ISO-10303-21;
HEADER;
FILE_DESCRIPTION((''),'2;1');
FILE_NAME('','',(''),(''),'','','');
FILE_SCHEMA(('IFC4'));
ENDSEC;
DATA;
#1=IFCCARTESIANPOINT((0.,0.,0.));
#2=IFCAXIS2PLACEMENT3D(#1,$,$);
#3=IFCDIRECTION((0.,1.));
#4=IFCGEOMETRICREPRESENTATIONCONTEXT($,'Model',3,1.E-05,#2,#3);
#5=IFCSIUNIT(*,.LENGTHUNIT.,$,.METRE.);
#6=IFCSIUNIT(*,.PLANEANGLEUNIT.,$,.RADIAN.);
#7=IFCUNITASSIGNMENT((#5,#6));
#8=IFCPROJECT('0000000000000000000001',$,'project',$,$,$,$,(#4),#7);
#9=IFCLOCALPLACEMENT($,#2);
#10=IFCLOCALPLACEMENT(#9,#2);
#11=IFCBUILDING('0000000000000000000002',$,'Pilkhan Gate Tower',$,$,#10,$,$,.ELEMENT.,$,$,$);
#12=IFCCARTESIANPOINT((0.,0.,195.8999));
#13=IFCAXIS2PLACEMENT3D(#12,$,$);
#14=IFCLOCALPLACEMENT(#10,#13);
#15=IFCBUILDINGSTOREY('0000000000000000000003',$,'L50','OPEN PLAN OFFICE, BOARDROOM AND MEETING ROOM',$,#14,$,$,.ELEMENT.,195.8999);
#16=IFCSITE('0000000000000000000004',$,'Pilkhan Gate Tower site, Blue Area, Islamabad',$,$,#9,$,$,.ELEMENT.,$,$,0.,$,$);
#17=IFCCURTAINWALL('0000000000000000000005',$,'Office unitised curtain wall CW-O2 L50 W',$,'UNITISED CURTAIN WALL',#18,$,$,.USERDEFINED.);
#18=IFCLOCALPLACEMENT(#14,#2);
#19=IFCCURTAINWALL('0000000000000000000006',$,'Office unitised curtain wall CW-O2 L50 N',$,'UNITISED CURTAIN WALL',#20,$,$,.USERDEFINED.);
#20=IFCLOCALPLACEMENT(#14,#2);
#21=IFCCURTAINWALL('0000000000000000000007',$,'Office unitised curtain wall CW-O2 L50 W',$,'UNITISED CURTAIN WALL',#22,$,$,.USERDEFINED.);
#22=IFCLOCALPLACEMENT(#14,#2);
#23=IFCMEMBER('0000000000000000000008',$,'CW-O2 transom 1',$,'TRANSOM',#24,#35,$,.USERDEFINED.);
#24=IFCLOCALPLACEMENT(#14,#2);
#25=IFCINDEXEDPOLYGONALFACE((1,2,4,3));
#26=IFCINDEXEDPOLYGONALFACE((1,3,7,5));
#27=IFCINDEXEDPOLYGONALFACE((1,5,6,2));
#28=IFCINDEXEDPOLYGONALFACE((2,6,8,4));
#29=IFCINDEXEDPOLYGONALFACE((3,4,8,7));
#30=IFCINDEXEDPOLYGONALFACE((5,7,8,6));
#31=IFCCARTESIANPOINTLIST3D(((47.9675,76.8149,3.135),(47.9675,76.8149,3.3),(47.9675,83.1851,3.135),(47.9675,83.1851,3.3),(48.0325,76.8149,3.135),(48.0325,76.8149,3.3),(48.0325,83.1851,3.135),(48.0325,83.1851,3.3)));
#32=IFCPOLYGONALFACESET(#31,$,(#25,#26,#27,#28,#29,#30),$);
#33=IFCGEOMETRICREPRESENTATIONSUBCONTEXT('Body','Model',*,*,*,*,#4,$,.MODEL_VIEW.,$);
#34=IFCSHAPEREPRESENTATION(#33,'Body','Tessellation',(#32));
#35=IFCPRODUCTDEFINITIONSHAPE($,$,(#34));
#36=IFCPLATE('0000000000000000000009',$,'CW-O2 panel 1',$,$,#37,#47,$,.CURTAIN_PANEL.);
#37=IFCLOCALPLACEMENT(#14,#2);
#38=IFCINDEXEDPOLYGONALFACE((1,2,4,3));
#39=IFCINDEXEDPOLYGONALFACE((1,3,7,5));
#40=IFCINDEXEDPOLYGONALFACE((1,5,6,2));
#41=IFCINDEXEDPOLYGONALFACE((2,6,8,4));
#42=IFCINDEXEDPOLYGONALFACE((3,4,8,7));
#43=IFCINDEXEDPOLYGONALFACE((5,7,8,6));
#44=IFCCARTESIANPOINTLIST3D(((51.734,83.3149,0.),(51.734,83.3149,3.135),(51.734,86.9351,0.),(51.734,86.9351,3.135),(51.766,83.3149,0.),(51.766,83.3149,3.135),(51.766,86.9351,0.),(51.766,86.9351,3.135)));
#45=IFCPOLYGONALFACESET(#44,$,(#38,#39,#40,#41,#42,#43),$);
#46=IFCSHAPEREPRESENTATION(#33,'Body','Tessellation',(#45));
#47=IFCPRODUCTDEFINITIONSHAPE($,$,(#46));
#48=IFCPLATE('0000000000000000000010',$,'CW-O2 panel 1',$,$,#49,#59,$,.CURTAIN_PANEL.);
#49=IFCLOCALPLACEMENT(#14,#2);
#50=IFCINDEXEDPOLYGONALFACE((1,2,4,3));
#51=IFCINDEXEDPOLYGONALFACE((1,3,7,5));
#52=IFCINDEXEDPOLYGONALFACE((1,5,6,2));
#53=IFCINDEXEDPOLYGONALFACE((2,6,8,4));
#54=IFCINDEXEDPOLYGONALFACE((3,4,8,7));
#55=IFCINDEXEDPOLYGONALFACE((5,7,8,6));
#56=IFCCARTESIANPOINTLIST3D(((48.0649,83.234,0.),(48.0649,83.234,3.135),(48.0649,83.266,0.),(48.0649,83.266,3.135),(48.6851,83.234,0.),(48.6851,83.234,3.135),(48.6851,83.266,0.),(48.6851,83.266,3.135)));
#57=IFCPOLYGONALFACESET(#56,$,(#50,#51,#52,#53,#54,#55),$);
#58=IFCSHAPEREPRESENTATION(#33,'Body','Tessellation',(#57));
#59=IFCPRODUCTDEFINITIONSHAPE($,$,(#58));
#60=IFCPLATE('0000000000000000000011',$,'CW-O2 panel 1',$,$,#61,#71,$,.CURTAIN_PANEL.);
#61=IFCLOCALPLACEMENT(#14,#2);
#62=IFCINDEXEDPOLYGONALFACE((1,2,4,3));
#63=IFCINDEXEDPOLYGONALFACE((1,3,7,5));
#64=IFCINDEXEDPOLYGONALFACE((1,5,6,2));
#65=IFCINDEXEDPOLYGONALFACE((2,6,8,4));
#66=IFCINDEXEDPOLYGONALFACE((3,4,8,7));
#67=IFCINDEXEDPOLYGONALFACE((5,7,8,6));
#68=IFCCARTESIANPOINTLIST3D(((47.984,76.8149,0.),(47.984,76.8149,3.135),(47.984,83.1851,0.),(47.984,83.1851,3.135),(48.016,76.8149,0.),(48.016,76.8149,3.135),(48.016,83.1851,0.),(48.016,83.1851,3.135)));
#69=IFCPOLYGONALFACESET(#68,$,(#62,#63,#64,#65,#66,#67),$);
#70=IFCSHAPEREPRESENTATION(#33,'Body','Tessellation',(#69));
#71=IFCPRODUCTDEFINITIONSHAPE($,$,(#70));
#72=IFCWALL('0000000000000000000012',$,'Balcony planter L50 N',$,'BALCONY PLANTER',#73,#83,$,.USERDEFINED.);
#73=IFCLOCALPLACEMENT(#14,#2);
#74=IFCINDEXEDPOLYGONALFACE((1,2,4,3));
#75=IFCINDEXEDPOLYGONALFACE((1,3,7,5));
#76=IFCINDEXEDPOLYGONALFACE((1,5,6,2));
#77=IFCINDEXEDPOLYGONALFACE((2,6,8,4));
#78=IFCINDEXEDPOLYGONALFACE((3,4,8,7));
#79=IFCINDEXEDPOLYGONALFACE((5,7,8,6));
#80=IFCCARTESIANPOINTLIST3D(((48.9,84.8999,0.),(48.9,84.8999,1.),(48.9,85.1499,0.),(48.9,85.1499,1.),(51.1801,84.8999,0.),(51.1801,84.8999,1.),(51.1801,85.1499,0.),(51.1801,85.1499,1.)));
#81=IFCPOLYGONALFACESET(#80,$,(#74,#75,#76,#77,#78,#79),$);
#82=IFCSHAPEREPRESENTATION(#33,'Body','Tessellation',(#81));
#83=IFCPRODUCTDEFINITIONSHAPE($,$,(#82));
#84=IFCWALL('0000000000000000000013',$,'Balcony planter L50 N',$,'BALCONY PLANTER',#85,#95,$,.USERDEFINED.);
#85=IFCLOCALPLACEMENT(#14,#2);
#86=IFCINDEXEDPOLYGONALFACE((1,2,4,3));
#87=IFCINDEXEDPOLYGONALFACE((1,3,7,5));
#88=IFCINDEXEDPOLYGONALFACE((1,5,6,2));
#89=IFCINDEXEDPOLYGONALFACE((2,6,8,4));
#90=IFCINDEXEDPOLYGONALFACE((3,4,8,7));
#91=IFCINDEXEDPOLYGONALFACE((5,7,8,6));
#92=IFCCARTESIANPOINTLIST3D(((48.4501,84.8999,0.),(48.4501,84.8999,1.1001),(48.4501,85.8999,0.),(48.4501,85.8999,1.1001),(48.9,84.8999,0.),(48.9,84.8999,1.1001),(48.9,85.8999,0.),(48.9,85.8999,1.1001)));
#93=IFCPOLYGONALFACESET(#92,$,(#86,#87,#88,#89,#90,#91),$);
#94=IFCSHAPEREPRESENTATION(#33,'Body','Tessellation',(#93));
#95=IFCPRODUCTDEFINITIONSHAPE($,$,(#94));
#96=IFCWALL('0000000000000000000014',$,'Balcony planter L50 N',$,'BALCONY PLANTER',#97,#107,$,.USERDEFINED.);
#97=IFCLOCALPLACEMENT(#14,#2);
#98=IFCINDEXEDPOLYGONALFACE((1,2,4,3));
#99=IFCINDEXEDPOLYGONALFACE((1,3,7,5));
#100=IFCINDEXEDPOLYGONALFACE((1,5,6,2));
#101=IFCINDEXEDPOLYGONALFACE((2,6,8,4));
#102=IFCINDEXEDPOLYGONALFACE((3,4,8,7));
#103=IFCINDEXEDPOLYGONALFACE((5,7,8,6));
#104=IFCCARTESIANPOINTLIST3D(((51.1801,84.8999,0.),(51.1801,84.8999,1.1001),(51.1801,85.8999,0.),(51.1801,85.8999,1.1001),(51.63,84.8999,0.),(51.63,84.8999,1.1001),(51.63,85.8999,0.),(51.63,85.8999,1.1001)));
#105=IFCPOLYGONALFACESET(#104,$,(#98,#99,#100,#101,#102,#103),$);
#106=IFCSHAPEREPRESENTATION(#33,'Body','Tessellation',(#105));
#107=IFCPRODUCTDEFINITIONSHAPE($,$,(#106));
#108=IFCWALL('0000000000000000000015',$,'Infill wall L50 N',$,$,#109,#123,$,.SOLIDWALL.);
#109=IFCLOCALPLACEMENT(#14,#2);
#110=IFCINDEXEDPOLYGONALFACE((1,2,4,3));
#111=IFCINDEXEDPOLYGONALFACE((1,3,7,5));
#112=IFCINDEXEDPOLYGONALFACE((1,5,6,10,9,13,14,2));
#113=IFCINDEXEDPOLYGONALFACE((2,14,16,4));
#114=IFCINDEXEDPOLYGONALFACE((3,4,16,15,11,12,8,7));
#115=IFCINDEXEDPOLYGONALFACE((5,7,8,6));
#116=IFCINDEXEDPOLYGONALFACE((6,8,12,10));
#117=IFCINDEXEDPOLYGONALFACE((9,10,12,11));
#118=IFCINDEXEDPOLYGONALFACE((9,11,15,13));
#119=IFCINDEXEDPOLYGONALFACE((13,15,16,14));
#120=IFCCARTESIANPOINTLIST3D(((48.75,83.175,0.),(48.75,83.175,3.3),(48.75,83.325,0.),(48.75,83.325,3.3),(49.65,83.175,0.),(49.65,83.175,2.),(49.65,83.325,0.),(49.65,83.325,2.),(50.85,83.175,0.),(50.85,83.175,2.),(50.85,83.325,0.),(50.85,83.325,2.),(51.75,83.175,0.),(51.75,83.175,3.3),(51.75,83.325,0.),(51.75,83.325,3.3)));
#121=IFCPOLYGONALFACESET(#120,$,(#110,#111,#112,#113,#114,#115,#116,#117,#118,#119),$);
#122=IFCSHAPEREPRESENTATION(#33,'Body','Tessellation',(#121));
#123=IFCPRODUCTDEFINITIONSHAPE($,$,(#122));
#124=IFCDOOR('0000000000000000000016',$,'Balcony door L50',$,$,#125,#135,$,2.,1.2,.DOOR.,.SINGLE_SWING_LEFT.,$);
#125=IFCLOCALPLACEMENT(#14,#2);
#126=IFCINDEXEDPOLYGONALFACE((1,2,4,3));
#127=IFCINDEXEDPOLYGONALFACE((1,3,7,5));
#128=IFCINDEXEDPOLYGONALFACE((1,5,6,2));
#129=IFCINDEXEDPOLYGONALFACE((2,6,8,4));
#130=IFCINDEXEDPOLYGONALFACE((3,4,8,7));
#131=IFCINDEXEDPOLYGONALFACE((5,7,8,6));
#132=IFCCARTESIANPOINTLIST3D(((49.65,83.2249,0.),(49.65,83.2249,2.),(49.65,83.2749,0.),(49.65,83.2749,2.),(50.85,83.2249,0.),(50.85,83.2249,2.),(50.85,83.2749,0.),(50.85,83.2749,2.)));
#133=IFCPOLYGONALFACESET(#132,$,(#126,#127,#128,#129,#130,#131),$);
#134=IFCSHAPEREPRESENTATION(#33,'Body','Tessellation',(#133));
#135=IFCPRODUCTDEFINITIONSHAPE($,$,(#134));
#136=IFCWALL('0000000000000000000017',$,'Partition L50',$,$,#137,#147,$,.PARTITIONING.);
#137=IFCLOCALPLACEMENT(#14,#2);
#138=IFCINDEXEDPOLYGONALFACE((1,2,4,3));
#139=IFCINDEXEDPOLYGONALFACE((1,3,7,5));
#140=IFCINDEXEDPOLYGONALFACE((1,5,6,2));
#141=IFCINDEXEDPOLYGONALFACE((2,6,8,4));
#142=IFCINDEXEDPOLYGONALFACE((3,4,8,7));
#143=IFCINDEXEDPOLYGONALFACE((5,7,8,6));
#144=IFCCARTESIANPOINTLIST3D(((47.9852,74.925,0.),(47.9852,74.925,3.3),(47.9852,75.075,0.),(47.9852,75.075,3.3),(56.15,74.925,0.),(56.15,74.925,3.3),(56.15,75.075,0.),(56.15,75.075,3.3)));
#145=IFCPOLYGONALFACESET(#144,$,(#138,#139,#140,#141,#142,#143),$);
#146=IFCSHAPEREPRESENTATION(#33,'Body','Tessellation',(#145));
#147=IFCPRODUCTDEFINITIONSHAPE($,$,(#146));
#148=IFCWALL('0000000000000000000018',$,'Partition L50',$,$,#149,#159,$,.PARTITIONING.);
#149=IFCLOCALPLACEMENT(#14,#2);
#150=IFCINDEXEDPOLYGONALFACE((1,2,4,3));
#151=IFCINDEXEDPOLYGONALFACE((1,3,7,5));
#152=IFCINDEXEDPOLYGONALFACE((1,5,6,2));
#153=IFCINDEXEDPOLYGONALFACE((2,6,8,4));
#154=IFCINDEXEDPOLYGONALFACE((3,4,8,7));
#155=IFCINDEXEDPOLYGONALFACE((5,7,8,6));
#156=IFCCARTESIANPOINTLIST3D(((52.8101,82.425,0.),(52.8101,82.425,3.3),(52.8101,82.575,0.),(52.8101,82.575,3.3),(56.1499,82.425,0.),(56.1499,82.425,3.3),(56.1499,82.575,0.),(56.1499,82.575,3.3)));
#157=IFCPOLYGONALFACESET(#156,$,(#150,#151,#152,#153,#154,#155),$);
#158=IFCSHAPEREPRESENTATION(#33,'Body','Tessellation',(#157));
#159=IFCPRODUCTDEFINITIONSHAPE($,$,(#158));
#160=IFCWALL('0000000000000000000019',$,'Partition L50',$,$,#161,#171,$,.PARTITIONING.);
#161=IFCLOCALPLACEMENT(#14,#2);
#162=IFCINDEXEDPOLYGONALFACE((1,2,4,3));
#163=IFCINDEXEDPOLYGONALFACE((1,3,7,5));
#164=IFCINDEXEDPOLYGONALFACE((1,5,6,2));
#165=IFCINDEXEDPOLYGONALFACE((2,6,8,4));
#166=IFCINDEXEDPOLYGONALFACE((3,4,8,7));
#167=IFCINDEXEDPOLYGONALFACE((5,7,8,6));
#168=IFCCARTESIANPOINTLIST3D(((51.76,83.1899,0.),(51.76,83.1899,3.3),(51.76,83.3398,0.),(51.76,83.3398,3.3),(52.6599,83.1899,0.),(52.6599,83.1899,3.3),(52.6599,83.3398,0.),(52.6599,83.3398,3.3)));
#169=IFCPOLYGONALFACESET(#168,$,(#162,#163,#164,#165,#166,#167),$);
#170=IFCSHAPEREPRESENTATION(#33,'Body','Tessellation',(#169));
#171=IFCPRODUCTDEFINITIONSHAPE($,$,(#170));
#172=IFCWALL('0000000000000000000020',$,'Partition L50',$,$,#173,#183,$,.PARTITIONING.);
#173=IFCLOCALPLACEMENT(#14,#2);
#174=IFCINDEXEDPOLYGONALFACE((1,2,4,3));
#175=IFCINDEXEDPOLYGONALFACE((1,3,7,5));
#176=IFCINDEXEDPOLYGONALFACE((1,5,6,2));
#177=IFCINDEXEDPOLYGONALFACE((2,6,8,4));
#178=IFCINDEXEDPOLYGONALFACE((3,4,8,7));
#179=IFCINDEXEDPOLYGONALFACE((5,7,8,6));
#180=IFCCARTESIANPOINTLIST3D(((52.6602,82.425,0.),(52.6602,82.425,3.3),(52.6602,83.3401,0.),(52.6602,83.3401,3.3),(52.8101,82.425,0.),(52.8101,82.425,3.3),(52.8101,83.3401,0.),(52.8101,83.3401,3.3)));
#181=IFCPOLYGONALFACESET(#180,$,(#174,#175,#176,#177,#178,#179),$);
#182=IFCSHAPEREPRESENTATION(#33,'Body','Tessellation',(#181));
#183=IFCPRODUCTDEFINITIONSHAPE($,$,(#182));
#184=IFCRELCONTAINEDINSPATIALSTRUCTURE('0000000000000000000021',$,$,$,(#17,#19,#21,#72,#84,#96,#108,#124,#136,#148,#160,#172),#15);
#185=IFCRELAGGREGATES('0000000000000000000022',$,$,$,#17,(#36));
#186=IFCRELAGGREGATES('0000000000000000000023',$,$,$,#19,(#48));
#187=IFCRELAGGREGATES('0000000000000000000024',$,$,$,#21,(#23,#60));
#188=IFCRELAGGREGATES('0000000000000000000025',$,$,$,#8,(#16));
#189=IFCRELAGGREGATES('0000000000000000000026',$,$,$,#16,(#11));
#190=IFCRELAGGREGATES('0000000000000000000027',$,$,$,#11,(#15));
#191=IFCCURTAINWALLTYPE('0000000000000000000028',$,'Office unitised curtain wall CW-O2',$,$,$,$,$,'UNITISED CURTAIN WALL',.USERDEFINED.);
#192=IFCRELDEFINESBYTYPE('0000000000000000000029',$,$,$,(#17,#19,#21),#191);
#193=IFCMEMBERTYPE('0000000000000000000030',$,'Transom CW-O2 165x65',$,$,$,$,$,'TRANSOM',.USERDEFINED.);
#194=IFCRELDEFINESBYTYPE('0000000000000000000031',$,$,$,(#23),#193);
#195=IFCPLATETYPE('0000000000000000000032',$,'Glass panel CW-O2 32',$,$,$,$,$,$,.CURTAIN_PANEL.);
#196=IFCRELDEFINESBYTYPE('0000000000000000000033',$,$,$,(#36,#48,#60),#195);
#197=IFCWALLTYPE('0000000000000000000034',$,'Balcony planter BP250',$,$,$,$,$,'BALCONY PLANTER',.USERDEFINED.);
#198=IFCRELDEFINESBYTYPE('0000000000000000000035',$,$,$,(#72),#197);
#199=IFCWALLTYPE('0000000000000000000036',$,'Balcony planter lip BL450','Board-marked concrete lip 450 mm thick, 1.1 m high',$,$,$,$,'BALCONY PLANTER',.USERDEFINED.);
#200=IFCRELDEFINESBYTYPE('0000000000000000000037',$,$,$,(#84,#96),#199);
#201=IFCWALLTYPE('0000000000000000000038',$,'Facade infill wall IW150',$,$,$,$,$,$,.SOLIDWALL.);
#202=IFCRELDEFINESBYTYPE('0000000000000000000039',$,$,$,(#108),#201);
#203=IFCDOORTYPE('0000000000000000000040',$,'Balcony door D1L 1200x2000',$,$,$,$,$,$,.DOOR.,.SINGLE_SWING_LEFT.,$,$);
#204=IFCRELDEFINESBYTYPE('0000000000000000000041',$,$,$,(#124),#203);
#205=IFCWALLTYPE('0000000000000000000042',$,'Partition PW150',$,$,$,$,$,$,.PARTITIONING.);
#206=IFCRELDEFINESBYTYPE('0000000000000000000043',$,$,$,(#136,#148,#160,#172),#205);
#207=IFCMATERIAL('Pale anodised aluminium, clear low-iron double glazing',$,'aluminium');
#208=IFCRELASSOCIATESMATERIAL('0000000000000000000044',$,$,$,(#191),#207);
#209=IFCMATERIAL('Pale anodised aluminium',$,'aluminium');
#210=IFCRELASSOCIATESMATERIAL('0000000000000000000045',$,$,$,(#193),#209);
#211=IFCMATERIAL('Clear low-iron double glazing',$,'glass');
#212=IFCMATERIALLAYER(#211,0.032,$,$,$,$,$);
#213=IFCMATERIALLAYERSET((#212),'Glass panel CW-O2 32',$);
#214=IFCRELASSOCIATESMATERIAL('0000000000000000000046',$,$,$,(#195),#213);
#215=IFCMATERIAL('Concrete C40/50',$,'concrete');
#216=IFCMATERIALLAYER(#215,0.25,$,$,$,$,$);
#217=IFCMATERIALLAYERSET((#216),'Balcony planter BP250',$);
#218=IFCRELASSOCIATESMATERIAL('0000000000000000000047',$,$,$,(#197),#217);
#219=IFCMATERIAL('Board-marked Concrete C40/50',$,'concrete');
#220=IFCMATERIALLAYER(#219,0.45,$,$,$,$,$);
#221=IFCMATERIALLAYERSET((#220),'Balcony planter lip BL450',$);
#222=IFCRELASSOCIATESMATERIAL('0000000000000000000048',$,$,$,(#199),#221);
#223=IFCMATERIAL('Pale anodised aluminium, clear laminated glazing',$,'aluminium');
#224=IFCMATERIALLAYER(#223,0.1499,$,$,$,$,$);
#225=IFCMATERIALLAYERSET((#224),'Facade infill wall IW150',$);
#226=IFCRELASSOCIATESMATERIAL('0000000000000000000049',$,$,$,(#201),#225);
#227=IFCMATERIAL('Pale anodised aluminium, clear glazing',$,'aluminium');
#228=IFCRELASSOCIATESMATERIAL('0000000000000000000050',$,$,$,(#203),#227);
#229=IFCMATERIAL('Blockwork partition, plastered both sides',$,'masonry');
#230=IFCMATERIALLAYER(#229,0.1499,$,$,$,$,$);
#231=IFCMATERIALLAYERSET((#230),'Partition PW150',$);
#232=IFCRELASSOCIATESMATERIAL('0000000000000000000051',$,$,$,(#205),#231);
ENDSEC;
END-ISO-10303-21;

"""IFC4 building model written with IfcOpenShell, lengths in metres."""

from ifc_helpers import new_model, si_unit, direction, frame, frame_2d, origin, origin_2d, place, context, subcontext, project, spatial, rectangle, extrude, material, layer, layer_set, material_profile, profile_set, type_object, element, fill, aggregate, save


model = new_model("IFC4")

# Units and contexts
model_context = context("Model", 3, precision=1e-05, world=origin(), true_north=direction((0.0, 1.0)))
body_context = subcontext(model_context, "Body", "Model", "MODEL_VIEW")
ifc_project = project(units=[si_unit("LENGTHUNIT", "METRE"), si_unit("PLANEANGLEUNIT", "RADIAN")], contexts=[model_context])

# Site, building, storey
site_placement = place(None, origin())
site = spatial("IfcSite", under=ifc_project, at=site_placement, Name="Pilkhan Gate Tower site, Blue Area, Islamabad", CompositionType="ELEMENT", RefElevation=0.0)
building_placement = place(site_placement, origin())
building = spatial("IfcBuilding", under=site, at=building_placement, Name="Pilkhan Gate Tower", CompositionType="ELEMENT")
storey_placement = place(building_placement, frame((0.0, 0.0, 195.8999)))
storey = spatial("IfcBuildingStorey", under=building, at=storey_placement, Name="L50", Description="OPEN PLAN OFFICE, BOARDROOM AND MEETING ROOM", CompositionType="ELEMENT", Elevation=195.8999)

# Curtain wall
ifc_material_1 = material(Name="Pale anodised aluminium, clear low-iron double glazing", Category="aluminium")
curtain_wall_type = type_object("IfcCurtainWallType", Name="Office unitised curtain wall CW-O2", ElementType="UNITISED CURTAIN WALL", PredefinedType="USERDEFINED", material=ifc_material_1)
curtain_wall_1_placement = place(storey_placement, origin())
curtain_wall_1 = element("IfcCurtainWall", 1, at=curtain_wall_1_placement, inside=storey, type_object=curtain_wall_type, Name="Office unitised curtain wall CW-O2 L50 W", ObjectType="UNITISED CURTAIN WALL", PredefinedType="USERDEFINED")
ifc_material_2 = material(Name="Pale anodised aluminium", Category="aluminium")

# Curtain wall
curtain_wall_2_placement = place(storey_placement, origin())
curtain_wall_2 = element("IfcCurtainWall", 2, at=curtain_wall_2_placement, inside=storey, type_object=curtain_wall_type, Name="Office unitised curtain wall CW-O2 L50 N", ObjectType="UNITISED CURTAIN WALL", PredefinedType="USERDEFINED")

# Curtain wall
curtain_wall_3_placement = place(storey_placement, origin())
curtain_wall_3 = element("IfcCurtainWall", 3, at=curtain_wall_3_placement, inside=storey, type_object=curtain_wall_type, Name="Office unitised curtain wall CW-O2 L50 W", ObjectType="UNITISED CURTAIN WALL", PredefinedType="USERDEFINED")

# Member
ifc_material_profile_1 = material_profile(ifc_material_2, rectangle(XDim=0.0649, YDim=0.165, at=origin_2d()), Name="Transom 165x65")
ifc_profile_set_1 = profile_set([ifc_material_profile_1], Name="Pale anodised aluminium")
member_type_1 = type_object("IfcMemberType", Name="Transom CW-O2 165x65", ElementType="TRANSOM", PredefinedType="USERDEFINED", material=ifc_profile_set_1)
member_1_placement = place(storey_placement, frame((48.0, 76.8149, 3.2175), z_axis=(0.0, 1.0, 0.0), x_axis=(-1.0, 0.0, 0.0)))
member_1 = element("IfcMember", 4, at=member_1_placement, type_object=member_type_1, Name="CW-O2 transom 1", ObjectType="TRANSOM", PredefinedType="USERDEFINED", context=body_context, shape_type="SweptSolid", body=[
    extrude(rectangle(XDim=0.0649, YDim=0.165, at=origin_2d()), origin(), (0.0, 0.0, 1.0), 6.3701),
])

# Plates
ifc_material_3 = material(Name="Clear low-iron double glazing", Category="glass")
ifc_layer_1 = layer(ifc_material_3, 0.032)
ifc_layer_set_1 = layer_set([ifc_layer_1], Name="Glass panel CW-O2 32")
plate_type = type_object("IfcPlateType", Name="Glass panel CW-O2 32", PredefinedType="CURTAIN_PANEL", material=ifc_layer_set_1)
plate_1_placement = place(storey_placement, frame((51.75, 85.125, 0.0), z_axis=(0.0, 0.0, 1.0), x_axis=(0.0, 1.0, 0.0)))
plate_1 = element("IfcPlate", 5, at=plate_1_placement, type_object=plate_type, Name="CW-O2 panel 1", PredefinedType="CURTAIN_PANEL", context=body_context, shape_type="SweptSolid", body=[
    extrude(rectangle(XDim=3.6201, YDim=0.032, at=origin_2d()), origin(), (0.0, 0.0, 1.0), 3.135),
])
aggregate(curtain_wall_1, [plate_1])
plate_2_placement = place(storey_placement, frame((48.375, 83.25, 0.0), z_axis=(0.0, 0.0, 1.0), x_axis=(1.0, 0.0, 0.0)))
plate_2 = element("IfcPlate", 6, at=plate_2_placement, type_object=plate_type, Name="CW-O2 panel 1", PredefinedType="CURTAIN_PANEL", context=body_context, shape_type="SweptSolid", body=[
    extrude(rectangle(XDim=0.6201, YDim=0.032, at=origin_2d()), origin(), (0.0, 0.0, 1.0), 3.135),
])
aggregate(curtain_wall_2, [plate_2])
plate_3_placement = place(storey_placement, frame((48.0, 80.0, 0.0), z_axis=(0.0, 0.0, 1.0), x_axis=(0.0, 1.0, 0.0)))
plate_3 = element("IfcPlate", 7, at=plate_3_placement, type_object=plate_type, Name="CW-O2 panel 1", PredefinedType="CURTAIN_PANEL", context=body_context, shape_type="SweptSolid", body=[
    extrude(rectangle(XDim=6.3701, YDim=0.032, at=origin_2d()), origin(), (0.0, 0.0, 1.0), 3.135),
])
aggregate(curtain_wall_3, [member_1, plate_3])

# Walls
ifc_material_4 = material(Name="Concrete C40/50", Category="concrete")
ifc_layer_2 = layer(ifc_material_4, 0.25)
ifc_layer_set_2 = layer_set([ifc_layer_2], Name="Balcony planter BP250")
wall_type_1 = type_object("IfcWallType", Name="Balcony planter BP250", ElementType="BALCONY PLANTER", PredefinedType="USERDEFINED", material=ifc_layer_set_2)
wall_1_placement = place(storey_placement, frame((48.8999, 85.0249, 0.0), z_axis=(0.0, 0.0, 1.0), x_axis=(1.0, 0.0, 0.0)))
element("IfcWall", 8, at=wall_1_placement, inside=storey, type_object=wall_type_1, Name="Balcony planter L50 N", ObjectType="BALCONY PLANTER", PredefinedType="USERDEFINED", context=body_context, shape_type="SweptSolid", body=[
    extrude(rectangle(XDim=2.28, YDim=0.25, at=frame_2d((1.1401, 0.0))), origin(), (0.0, 0.0, 1.0), 1.0),
])
ifc_material_5 = material(Name="Board-marked Concrete C40/50", Category="concrete")
ifc_layer_3 = layer(ifc_material_5, 0.45)
ifc_layer_set_3 = layer_set([ifc_layer_3], Name="Balcony planter lip BL450")
wall_type_2 = type_object("IfcWallType", Name="Balcony planter lip BL450", Description="Board-marked concrete lip 450 mm thick, 1.1 m high", ElementType="BALCONY PLANTER", PredefinedType="USERDEFINED", material=ifc_layer_set_3)
for number, where, z_axis, x_axis, name in (
    (9, (48.675, 84.8999, 0.0), (0.0, 0.0, 1.0), (0.0, 1.0, 0.0), "Balcony planter L50 N"),
    (10, (51.405, 84.8999, 0.0), (0.0, 0.0, 1.0), (0.0, 1.0, 0.0), "Balcony planter L50 N"),
):
    element("IfcWall", number, at=place(storey_placement, frame(where, z_axis=z_axis, x_axis=x_axis)), inside=storey, type_object=wall_type_2, Name=name, ObjectType="BALCONY PLANTER", PredefinedType="USERDEFINED", context=body_context, shape_type="SweptSolid", body=[
        extrude(rectangle(XDim=1.0, YDim=0.45, at=frame_2d((0.5, 0.0))), origin(), (0.0, 0.0, 1.0), 1.1001),
    ])

# Wall, opening, door
ifc_material_6 = material(Name="Pale anodised aluminium, clear laminated glazing", Category="aluminium")
ifc_layer_4 = layer(ifc_material_6, 0.1499)
ifc_layer_set_4 = layer_set([ifc_layer_4], Name="Facade infill wall IW150")
wall_type_3 = type_object("IfcWallType", Name="Facade infill wall IW150", PredefinedType="SOLIDWALL", material=ifc_layer_set_4)
wall_2_placement = place(storey_placement, frame((48.75, 83.25, 0.0), z_axis=(0.0, 0.0, 1.0), x_axis=(1.0, 0.0, 0.0)))
wall_2 = element("IfcWall", 11, at=wall_2_placement, inside=storey, type_object=wall_type_3, Name="Infill wall L50 N", PredefinedType="SOLIDWALL", context=body_context, shape_type="SweptSolid", body=[
    extrude(rectangle(XDim=3.0, YDim=0.1499, at=frame_2d((1.5, 0.0))), origin(), (0.0, 0.0, 1.0), 3.3),
])
opening_placement = place(wall_2_placement, frame((0.8999, 0.0, 0.0)))
opening = element("IfcOpeningElement", 12, at=opening_placement, cuts=wall_2, PredefinedType="OPENING", context=body_context, shape_type="SweptSolid", body=[
    extrude(rectangle(XDim=1.2, YDim=2.0, at=frame_2d((0.6001, 1.0))), frame((0.0, 0.085, 0.0), z_axis=(0.0, -1.0, 0.0), x_axis=(1.0, 0.0, 0.0)), (0.0, 0.0, 1.0), 0.1699),
])
ifc_material_7 = material(Name="Pale anodised aluminium, clear glazing", Category="aluminium")
door_type = type_object("IfcDoorType", Name="Balcony door D1L 1200x2000", OperationType="SINGLE_SWING_LEFT", PredefinedType="DOOR", material=ifc_material_7)
door_placement = place(opening_placement, origin())
door = element("IfcDoor", 13, at=door_placement, inside=storey, type_object=door_type, Name="Balcony door L50", OperationType="SINGLE_SWING_LEFT", OverallHeight=2.0, OverallWidth=1.2, PredefinedType="DOOR", context=body_context, shape_type="SweptSolid", body=[
    extrude(rectangle(XDim=1.2, YDim=2.0, at=frame_2d((0.6001, 1.0))), frame((0.0, 0.0249, 0.0), z_axis=(0.0, -1.0, 0.0), x_axis=(1.0, 0.0, 0.0)), (0.0, 0.0, 1.0), 0.05),
])
fill(opening, door)

# Walls
ifc_material_8 = material(Name="Blockwork partition, plastered both sides", Category="masonry")
ifc_layer_5 = layer(ifc_material_8, 0.1499)
ifc_layer_set_5 = layer_set([ifc_layer_5], Name="Partition PW150")
wall_type_4 = type_object("IfcWallType", Name="Partition PW150", PredefinedType="PARTITIONING", material=ifc_layer_set_5)
wall_3_placement = place(storey_placement, frame((47.9851, 75.0, 0.0), z_axis=(0.0, 0.0, 1.0), x_axis=(1.0, 0.0, 0.0)))
element("IfcWall", 14, at=wall_3_placement, inside=storey, type_object=wall_type_4, Name="Partition L50", PredefinedType="PARTITIONING", context=body_context, shape_type="SweptSolid", body=[
    extrude(rectangle(XDim=8.1648, YDim=0.1499, at=frame_2d((4.0825, 0.0))), origin(), (0.0, 0.0, 1.0), 3.3),
])
wall_4_placement = place(storey_placement, frame((52.8101, 82.5, 0.0), z_axis=(0.0, 0.0, 1.0), x_axis=(1.0, 0.0, 0.0)))
element("IfcWall", 15, at=wall_4_placement, inside=storey, type_object=wall_type_4, Name="Partition L50", PredefinedType="PARTITIONING", context=body_context, shape_type="SweptSolid", body=[
    extrude(rectangle(XDim=3.3398, YDim=0.1499, at=frame_2d((1.6699, 0.0))), origin(), (0.0, 0.0, 1.0), 3.3),
])
wall_5_placement = place(storey_placement, frame((51.76, 83.2649, 0.0), z_axis=(0.0, 0.0, 1.0), x_axis=(1.0, 0.0, 0.0)))
element("IfcWall", 16, at=wall_5_placement, inside=storey, type_object=wall_type_4, Name="Partition L50", PredefinedType="PARTITIONING", context=body_context, shape_type="SweptSolid", body=[
    extrude(rectangle(XDim=0.8999, YDim=0.1499, at=frame_2d((0.45, 0.0))), origin(), (0.0, 0.0, 1.0), 3.3),
])
wall_6_placement = place(storey_placement, frame((52.7351, 82.425, 0.0), z_axis=(0.0, 0.0, 1.0), x_axis=(0.0, 1.0, 0.0)))
element("IfcWall", 17, at=wall_6_placement, inside=storey, type_object=wall_type_4, Name="Partition L50", PredefinedType="PARTITIONING", context=body_context, shape_type="SweptSolid", body=[
    extrude(rectangle(XDim=0.915, YDim=0.1499, at=frame_2d((0.4575, 0.0))), origin(), (0.0, 0.0, 1.0), 3.3),
])

save(model, "model.ifc")
